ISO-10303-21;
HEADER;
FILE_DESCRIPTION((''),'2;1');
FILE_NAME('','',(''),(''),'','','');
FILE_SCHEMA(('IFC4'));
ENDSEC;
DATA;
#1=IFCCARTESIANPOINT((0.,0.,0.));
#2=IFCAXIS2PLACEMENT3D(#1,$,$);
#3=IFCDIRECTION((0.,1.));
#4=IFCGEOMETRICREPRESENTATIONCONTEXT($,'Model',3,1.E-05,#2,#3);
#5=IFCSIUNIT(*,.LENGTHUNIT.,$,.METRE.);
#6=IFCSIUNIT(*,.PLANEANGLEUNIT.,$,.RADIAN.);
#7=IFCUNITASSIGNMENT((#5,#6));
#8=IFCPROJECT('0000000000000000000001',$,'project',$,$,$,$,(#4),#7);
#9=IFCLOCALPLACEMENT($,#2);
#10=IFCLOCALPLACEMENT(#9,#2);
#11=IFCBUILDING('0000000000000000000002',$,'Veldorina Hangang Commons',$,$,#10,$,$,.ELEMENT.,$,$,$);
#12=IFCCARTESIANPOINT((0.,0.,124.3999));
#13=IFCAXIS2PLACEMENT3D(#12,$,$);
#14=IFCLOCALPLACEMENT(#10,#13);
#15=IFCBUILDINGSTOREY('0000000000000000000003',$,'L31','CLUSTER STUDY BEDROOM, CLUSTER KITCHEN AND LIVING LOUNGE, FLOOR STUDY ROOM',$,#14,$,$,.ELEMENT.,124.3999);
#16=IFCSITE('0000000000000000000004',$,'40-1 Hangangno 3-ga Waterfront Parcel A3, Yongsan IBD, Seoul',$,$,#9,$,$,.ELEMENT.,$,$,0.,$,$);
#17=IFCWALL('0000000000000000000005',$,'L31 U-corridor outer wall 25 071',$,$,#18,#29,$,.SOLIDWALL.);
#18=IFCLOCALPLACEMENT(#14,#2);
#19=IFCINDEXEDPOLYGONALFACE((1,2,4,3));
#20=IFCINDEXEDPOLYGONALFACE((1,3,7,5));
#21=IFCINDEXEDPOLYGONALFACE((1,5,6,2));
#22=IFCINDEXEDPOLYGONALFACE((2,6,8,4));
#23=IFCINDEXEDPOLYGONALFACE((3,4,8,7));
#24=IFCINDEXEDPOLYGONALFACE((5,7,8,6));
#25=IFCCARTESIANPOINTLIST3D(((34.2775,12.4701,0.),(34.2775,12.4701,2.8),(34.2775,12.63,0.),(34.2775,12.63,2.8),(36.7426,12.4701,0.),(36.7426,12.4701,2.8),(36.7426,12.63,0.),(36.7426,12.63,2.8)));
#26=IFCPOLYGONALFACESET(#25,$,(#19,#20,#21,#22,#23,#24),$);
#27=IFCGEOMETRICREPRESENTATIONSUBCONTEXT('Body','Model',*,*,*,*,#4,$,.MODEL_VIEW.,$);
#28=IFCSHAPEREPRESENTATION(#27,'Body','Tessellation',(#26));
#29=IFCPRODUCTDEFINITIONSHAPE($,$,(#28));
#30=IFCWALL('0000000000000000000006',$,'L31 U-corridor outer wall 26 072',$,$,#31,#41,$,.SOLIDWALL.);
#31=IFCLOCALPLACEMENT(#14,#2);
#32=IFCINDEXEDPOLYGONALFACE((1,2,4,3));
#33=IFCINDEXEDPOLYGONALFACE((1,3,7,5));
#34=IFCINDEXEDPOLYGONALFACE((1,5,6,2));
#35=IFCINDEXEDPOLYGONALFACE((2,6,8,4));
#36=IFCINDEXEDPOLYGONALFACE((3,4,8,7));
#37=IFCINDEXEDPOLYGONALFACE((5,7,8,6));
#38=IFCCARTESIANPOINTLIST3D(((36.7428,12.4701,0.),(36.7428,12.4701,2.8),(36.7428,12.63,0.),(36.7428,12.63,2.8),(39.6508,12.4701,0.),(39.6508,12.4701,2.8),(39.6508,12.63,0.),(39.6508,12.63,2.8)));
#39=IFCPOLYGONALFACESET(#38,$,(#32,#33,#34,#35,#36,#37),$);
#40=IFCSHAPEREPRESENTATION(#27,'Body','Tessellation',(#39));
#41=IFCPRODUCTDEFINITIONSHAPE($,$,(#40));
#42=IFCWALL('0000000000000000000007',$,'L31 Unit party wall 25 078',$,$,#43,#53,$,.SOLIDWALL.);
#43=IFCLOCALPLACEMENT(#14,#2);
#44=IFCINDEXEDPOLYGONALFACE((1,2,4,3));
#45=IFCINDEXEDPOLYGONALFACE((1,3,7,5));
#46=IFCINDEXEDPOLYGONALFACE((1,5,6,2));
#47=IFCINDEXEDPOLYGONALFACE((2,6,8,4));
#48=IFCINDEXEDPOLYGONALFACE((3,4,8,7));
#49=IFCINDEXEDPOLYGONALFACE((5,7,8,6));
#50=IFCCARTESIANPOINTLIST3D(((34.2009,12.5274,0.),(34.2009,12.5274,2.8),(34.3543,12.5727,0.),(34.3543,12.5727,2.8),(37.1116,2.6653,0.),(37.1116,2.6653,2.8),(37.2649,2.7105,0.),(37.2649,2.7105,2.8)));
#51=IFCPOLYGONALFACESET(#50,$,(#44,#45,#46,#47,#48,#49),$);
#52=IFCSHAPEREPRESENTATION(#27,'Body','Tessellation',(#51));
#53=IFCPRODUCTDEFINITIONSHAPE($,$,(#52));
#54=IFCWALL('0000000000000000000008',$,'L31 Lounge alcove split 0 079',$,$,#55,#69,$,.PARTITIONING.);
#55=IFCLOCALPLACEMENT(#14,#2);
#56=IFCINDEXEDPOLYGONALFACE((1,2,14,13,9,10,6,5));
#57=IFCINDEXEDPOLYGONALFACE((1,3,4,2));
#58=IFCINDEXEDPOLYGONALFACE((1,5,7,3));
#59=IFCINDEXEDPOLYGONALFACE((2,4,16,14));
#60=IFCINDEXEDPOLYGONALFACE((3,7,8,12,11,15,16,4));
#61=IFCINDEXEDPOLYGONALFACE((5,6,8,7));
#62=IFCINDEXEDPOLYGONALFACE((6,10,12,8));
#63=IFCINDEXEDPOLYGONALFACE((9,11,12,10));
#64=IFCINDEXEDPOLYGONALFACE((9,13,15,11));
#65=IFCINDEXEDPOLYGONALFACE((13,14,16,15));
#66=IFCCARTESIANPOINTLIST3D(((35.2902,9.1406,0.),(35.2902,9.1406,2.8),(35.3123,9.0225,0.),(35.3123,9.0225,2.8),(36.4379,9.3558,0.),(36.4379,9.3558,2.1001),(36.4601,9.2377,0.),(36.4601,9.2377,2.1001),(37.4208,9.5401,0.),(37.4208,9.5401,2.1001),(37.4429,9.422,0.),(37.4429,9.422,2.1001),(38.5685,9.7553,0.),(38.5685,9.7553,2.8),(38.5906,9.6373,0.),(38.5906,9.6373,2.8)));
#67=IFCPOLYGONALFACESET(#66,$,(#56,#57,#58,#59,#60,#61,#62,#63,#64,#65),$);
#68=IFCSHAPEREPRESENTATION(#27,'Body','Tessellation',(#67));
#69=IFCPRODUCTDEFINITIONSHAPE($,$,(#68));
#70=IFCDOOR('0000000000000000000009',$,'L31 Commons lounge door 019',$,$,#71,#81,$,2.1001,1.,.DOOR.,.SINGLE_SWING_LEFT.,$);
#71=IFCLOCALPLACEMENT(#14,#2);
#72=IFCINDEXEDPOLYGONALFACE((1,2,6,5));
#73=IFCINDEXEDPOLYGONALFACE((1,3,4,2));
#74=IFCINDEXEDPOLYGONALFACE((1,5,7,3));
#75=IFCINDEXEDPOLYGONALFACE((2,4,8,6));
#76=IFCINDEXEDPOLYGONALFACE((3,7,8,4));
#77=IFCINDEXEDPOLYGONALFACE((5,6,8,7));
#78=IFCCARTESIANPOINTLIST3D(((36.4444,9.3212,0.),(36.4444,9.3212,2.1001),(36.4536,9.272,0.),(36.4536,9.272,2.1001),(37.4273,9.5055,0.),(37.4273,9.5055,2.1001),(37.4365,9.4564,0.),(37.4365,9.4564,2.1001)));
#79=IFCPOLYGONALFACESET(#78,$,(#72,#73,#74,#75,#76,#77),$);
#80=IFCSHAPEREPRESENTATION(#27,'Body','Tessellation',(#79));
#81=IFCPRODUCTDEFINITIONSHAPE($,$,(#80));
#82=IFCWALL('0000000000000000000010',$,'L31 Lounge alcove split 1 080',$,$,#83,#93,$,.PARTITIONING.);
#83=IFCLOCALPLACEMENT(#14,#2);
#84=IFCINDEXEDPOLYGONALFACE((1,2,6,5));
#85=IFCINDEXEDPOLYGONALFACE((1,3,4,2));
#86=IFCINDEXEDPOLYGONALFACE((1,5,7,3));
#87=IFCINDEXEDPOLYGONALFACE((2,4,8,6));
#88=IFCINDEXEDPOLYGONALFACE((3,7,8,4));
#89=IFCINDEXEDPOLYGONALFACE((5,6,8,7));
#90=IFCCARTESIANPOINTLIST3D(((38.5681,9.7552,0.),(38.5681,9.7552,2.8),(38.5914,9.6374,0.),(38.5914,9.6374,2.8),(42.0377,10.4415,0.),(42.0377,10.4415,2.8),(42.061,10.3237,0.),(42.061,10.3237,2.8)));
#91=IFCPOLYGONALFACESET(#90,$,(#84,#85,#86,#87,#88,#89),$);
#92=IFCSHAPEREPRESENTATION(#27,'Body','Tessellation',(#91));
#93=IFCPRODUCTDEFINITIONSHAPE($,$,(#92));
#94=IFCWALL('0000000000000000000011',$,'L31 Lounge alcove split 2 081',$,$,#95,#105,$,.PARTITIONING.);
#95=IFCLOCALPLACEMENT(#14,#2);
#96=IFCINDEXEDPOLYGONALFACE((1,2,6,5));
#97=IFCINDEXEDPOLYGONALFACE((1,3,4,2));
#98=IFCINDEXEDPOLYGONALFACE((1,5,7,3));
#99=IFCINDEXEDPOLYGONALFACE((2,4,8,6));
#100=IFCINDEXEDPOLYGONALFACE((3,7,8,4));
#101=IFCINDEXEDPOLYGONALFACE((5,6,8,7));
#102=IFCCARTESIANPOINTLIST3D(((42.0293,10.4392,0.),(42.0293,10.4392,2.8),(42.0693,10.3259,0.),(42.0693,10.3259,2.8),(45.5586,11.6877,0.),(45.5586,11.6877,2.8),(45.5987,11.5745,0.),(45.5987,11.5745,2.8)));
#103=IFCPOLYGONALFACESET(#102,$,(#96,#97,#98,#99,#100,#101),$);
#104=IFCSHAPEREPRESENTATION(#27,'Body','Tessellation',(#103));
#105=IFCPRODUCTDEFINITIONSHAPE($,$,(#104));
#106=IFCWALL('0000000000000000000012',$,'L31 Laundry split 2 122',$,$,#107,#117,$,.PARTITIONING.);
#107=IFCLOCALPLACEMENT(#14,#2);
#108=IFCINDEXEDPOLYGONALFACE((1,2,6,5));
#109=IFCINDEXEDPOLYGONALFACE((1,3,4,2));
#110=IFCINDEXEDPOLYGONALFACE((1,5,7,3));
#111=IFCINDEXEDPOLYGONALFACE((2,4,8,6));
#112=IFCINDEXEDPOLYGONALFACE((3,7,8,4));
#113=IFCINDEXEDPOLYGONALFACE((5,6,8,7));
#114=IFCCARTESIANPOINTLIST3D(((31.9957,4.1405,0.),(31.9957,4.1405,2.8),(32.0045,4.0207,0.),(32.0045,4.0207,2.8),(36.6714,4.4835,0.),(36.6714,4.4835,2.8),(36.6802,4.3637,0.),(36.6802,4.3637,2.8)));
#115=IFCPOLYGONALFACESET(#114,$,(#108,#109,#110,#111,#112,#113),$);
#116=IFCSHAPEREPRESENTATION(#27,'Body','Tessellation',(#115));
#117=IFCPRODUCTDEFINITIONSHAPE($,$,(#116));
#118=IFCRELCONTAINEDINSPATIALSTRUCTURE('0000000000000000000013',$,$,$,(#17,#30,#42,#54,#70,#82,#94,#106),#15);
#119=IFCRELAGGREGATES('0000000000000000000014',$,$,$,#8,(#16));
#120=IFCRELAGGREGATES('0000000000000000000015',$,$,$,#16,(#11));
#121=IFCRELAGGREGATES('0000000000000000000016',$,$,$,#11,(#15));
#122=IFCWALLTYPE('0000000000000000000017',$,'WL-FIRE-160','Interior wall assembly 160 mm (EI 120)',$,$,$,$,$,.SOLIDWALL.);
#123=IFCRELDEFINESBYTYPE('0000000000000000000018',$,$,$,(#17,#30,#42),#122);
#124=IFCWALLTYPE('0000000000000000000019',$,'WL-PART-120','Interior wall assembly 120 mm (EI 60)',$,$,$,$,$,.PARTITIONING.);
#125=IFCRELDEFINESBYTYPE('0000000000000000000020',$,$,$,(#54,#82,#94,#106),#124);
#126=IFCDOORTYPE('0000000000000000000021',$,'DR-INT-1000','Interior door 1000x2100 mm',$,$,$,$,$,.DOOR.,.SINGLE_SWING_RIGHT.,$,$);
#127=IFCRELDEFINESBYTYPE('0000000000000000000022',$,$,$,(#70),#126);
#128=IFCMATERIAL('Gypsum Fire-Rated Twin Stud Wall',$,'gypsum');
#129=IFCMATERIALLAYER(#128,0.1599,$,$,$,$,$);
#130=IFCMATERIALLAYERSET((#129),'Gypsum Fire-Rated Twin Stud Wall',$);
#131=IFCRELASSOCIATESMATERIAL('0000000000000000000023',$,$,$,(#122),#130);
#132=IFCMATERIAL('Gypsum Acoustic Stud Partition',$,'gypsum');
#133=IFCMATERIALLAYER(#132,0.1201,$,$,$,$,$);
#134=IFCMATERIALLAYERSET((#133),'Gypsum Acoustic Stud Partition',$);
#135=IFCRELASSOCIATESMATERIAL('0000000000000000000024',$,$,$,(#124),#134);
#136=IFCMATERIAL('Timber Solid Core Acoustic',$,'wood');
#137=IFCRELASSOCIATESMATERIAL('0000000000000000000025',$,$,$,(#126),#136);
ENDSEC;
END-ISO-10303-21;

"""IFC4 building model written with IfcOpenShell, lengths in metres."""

from ifc_helpers import new_model, si_unit, direction, frame, frame_2d, origin, place, context, subcontext, project, spatial, rectangle, extrude, material, layer, layer_set, type_object, element, fill, save


model = new_model("IFC4")

# Units and contexts
model_context = context("Model", 3, precision=1e-05, world=origin(), true_north=direction((0.0, 1.0)))
body_context = subcontext(model_context, "Body", "Model", "MODEL_VIEW")
ifc_project = project(units=[si_unit("LENGTHUNIT", "METRE"), si_unit("PLANEANGLEUNIT", "RADIAN")], contexts=[model_context])

# Site, building, storey
site_placement = place(None, origin())
site = spatial("IfcSite", under=ifc_project, at=site_placement, Name="40-1 Hangangno 3-ga Waterfront Parcel A3, Yongsan IBD, Seoul", CompositionType="ELEMENT", RefElevation=0.0)
building_placement = place(site_placement, origin())
building = spatial("IfcBuilding", under=site, at=building_placement, Name="Veldorina Hangang Commons", CompositionType="ELEMENT")
storey_placement = place(building_placement, frame((0.0, 0.0, 124.3999)))
storey = spatial("IfcBuildingStorey", under=building, at=storey_placement, Name="L31", Description="CLUSTER STUDY BEDROOM, CLUSTER KITCHEN AND LIVING LOUNGE, FLOOR STUDY ROOM", CompositionType="ELEMENT", Elevation=124.3999)

# Walls
ifc_material_1 = material(Name="Gypsum Fire-Rated Twin Stud Wall", Category="gypsum")
ifc_layer_1 = layer(ifc_material_1, 0.1599)
ifc_layer_set_1 = layer_set([ifc_layer_1], Name="Gypsum Fire-Rated Twin Stud Wall")
wall_type_1 = type_object("IfcWallType", Name="WL-FIRE-160", Description="Interior wall assembly 160 mm (EI 120)", PredefinedType="SOLIDWALL", material=ifc_layer_set_1)
wall_1_placement = place(storey_placement, frame((34.2776, 12.55, 0.0), z_axis=(0.0, 0.0, 1.0), x_axis=(1.0, 0.0, 0.0)))
element("IfcWall", 1, at=wall_1_placement, inside=storey, type_object=wall_type_1, Name="L31 U-corridor outer wall 25 071", PredefinedType="SOLIDWALL", context=body_context, shape_type="SweptSolid", body=[
    extrude(rectangle(XDim=2.4651, YDim=0.1599, at=frame_2d((1.2324, 0.0))), origin(), (0.0, 0.0, 1.0), 2.8),
])
wall_2_placement = place(storey_placement, frame((36.7427, 12.55, 0.0), z_axis=(0.0, 0.0, 1.0), x_axis=(1.0, 0.0, 0.0)))
element("IfcWall", 2, at=wall_2_placement, inside=storey, type_object=wall_type_1, Name="L31 U-corridor outer wall 26 072", PredefinedType="SOLIDWALL", context=body_context, shape_type="SweptSolid", body=[
    extrude(rectangle(XDim=2.908, YDim=0.1599, at=frame_2d((1.4541, 0.0))), origin(), (0.0, 0.0, 1.0), 2.8),
])
wall_3_placement = place(storey_placement, frame((34.2776, 12.55, 0.0), z_axis=(0.0, 0.0, 1.0), x_axis=(0.283065, -0.959101, 0.0)))
element("IfcWall", 3, at=wall_3_placement, inside=storey, type_object=wall_type_1, Name="L31 Unit party wall 25 078", PredefinedType="SOLIDWALL", context=body_context, shape_type="SweptSolid", body=[
    extrude(rectangle(XDim=10.2827, YDim=0.1599, at=frame_2d((5.1414, 0.0))), origin(), (0.0, 0.0, 1.0), 2.8),
])

# Wall, opening, door
ifc_material_2 = material(Name="Gypsum Acoustic Stud Partition", Category="gypsum")
ifc_layer_2 = layer(ifc_material_2, 0.1201)
ifc_layer_set_2 = layer_set([ifc_layer_2], Name="Gypsum Acoustic Stud Partition")
wall_type_2 = type_object("IfcWallType", Name="WL-PART-120", Description="Interior wall assembly 120 mm (EI 60)", PredefinedType="PARTITIONING", material=ifc_layer_set_2)
wall_4_placement = place(storey_placement, frame((35.3013, 9.0815, 0.0), z_axis=(0.0, 0.0, 1.0), x_axis=(0.982869, 0.184306, 0.0)))
wall_4 = element("IfcWall", 4, at=wall_4_placement, inside=storey, type_object=wall_type_2, Name="L31 Lounge alcove split 0 079", PredefinedType="PARTITIONING", context=body_context, shape_type="SweptSolid", body=[
    extrude(rectangle(XDim=3.3354, YDim=0.1201, at=frame_2d((1.6677, 0.0))), origin(), (0.0, 0.0, 1.0), 2.8),
])
opening_1_placement = place(wall_4_placement, frame((1.1677, 0.0, 0.0)))
opening_1 = element("IfcOpeningElement", 5, at=opening_1_placement, cuts=wall_4, PredefinedType="OPENING", context=body_context, shape_type="SweptSolid", body=[
    extrude(rectangle(XDim=1.0, YDim=2.1001, at=frame_2d((0.5, 1.05))), frame((0.0, 0.0701, 0.0), z_axis=(0.0, -1.0, 0.0), x_axis=(1.0, 0.0, 0.0)), (0.0, 0.0, 1.0), 0.1401),
])
ifc_material_3 = material(Name="Timber Solid Core Acoustic", Category="wood")
door_type_1 = type_object("IfcDoorType", Name="DR-INT-1000", Description="Interior door 1000x2100 mm", OperationType="SINGLE_SWING_RIGHT", PredefinedType="DOOR", material=ifc_material_3)
door_1_placement = place(opening_1_placement, origin())
door_1 = element("IfcDoor", 6, at=door_1_placement, inside=storey, type_object=door_type_1, Name="L31 Commons lounge door 019", OperationType="SINGLE_SWING_LEFT", OverallHeight=2.1001, OverallWidth=1.0, PredefinedType="DOOR", context=body_context, shape_type="SweptSolid", body=[
    extrude(rectangle(XDim=1.0, YDim=2.1001, at=frame_2d((0.5, 1.05))), frame((0.0, 0.0249, 0.0), z_axis=(0.0, -1.0, 0.0), x_axis=(1.0, 0.0, 0.0)), (0.0, 0.0, 1.0), 0.05),
])
fill(opening_1, door_1)

# Walls
wall_5_placement = place(storey_placement, frame((38.5796, 9.6963, 0.0), z_axis=(0.0, 0.0, 1.0), x_axis=(0.980995, 0.194032, 0.0)))
element("IfcWall", 7, at=wall_5_placement, inside=storey, type_object=wall_type_2, Name="L31 Lounge alcove split 1 080", PredefinedType="PARTITIONING", context=body_context, shape_type="SweptSolid", body=[
    extrude(rectangle(XDim=3.5369, YDim=0.1201, at=frame_2d((1.7686, 0.0))), origin(), (0.0, 0.0, 1.0), 2.8),
])
wall_6_placement = place(storey_placement, frame((42.0493, 10.3826, 0.0), z_axis=(0.0, 0.0, 1.0), x_axis=(0.942747, 0.333509, 0.0)))
element("IfcWall", 8, at=wall_6_placement, inside=storey, type_object=wall_type_2, Name="L31 Lounge alcove split 2 081", PredefinedType="PARTITIONING", context=body_context, shape_type="SweptSolid", body=[
    extrude(rectangle(XDim=3.7437, YDim=0.1201, at=frame_2d((1.8718, 0.0))), origin(), (0.0, 0.0, 1.0), 2.8),
])
wall_7_placement = place(storey_placement, frame((32.0, 4.0806, 0.0), z_axis=(0.0, 0.0, 1.0), x_axis=(0.99732, 0.073164, 0.0)))
element("IfcWall", 9, at=wall_7_placement, inside=storey, type_object=wall_type_2, Name="L31 Laundry split 2 122", PredefinedType="PARTITIONING", context=body_context, shape_type="SweptSolid", body=[
    extrude(rectangle(XDim=4.6882, YDim=0.1201, at=frame_2d((2.3442, 0.0))), origin(), (0.0, 0.0, 1.0), 2.8),
])

save(model, "model.ifc")
